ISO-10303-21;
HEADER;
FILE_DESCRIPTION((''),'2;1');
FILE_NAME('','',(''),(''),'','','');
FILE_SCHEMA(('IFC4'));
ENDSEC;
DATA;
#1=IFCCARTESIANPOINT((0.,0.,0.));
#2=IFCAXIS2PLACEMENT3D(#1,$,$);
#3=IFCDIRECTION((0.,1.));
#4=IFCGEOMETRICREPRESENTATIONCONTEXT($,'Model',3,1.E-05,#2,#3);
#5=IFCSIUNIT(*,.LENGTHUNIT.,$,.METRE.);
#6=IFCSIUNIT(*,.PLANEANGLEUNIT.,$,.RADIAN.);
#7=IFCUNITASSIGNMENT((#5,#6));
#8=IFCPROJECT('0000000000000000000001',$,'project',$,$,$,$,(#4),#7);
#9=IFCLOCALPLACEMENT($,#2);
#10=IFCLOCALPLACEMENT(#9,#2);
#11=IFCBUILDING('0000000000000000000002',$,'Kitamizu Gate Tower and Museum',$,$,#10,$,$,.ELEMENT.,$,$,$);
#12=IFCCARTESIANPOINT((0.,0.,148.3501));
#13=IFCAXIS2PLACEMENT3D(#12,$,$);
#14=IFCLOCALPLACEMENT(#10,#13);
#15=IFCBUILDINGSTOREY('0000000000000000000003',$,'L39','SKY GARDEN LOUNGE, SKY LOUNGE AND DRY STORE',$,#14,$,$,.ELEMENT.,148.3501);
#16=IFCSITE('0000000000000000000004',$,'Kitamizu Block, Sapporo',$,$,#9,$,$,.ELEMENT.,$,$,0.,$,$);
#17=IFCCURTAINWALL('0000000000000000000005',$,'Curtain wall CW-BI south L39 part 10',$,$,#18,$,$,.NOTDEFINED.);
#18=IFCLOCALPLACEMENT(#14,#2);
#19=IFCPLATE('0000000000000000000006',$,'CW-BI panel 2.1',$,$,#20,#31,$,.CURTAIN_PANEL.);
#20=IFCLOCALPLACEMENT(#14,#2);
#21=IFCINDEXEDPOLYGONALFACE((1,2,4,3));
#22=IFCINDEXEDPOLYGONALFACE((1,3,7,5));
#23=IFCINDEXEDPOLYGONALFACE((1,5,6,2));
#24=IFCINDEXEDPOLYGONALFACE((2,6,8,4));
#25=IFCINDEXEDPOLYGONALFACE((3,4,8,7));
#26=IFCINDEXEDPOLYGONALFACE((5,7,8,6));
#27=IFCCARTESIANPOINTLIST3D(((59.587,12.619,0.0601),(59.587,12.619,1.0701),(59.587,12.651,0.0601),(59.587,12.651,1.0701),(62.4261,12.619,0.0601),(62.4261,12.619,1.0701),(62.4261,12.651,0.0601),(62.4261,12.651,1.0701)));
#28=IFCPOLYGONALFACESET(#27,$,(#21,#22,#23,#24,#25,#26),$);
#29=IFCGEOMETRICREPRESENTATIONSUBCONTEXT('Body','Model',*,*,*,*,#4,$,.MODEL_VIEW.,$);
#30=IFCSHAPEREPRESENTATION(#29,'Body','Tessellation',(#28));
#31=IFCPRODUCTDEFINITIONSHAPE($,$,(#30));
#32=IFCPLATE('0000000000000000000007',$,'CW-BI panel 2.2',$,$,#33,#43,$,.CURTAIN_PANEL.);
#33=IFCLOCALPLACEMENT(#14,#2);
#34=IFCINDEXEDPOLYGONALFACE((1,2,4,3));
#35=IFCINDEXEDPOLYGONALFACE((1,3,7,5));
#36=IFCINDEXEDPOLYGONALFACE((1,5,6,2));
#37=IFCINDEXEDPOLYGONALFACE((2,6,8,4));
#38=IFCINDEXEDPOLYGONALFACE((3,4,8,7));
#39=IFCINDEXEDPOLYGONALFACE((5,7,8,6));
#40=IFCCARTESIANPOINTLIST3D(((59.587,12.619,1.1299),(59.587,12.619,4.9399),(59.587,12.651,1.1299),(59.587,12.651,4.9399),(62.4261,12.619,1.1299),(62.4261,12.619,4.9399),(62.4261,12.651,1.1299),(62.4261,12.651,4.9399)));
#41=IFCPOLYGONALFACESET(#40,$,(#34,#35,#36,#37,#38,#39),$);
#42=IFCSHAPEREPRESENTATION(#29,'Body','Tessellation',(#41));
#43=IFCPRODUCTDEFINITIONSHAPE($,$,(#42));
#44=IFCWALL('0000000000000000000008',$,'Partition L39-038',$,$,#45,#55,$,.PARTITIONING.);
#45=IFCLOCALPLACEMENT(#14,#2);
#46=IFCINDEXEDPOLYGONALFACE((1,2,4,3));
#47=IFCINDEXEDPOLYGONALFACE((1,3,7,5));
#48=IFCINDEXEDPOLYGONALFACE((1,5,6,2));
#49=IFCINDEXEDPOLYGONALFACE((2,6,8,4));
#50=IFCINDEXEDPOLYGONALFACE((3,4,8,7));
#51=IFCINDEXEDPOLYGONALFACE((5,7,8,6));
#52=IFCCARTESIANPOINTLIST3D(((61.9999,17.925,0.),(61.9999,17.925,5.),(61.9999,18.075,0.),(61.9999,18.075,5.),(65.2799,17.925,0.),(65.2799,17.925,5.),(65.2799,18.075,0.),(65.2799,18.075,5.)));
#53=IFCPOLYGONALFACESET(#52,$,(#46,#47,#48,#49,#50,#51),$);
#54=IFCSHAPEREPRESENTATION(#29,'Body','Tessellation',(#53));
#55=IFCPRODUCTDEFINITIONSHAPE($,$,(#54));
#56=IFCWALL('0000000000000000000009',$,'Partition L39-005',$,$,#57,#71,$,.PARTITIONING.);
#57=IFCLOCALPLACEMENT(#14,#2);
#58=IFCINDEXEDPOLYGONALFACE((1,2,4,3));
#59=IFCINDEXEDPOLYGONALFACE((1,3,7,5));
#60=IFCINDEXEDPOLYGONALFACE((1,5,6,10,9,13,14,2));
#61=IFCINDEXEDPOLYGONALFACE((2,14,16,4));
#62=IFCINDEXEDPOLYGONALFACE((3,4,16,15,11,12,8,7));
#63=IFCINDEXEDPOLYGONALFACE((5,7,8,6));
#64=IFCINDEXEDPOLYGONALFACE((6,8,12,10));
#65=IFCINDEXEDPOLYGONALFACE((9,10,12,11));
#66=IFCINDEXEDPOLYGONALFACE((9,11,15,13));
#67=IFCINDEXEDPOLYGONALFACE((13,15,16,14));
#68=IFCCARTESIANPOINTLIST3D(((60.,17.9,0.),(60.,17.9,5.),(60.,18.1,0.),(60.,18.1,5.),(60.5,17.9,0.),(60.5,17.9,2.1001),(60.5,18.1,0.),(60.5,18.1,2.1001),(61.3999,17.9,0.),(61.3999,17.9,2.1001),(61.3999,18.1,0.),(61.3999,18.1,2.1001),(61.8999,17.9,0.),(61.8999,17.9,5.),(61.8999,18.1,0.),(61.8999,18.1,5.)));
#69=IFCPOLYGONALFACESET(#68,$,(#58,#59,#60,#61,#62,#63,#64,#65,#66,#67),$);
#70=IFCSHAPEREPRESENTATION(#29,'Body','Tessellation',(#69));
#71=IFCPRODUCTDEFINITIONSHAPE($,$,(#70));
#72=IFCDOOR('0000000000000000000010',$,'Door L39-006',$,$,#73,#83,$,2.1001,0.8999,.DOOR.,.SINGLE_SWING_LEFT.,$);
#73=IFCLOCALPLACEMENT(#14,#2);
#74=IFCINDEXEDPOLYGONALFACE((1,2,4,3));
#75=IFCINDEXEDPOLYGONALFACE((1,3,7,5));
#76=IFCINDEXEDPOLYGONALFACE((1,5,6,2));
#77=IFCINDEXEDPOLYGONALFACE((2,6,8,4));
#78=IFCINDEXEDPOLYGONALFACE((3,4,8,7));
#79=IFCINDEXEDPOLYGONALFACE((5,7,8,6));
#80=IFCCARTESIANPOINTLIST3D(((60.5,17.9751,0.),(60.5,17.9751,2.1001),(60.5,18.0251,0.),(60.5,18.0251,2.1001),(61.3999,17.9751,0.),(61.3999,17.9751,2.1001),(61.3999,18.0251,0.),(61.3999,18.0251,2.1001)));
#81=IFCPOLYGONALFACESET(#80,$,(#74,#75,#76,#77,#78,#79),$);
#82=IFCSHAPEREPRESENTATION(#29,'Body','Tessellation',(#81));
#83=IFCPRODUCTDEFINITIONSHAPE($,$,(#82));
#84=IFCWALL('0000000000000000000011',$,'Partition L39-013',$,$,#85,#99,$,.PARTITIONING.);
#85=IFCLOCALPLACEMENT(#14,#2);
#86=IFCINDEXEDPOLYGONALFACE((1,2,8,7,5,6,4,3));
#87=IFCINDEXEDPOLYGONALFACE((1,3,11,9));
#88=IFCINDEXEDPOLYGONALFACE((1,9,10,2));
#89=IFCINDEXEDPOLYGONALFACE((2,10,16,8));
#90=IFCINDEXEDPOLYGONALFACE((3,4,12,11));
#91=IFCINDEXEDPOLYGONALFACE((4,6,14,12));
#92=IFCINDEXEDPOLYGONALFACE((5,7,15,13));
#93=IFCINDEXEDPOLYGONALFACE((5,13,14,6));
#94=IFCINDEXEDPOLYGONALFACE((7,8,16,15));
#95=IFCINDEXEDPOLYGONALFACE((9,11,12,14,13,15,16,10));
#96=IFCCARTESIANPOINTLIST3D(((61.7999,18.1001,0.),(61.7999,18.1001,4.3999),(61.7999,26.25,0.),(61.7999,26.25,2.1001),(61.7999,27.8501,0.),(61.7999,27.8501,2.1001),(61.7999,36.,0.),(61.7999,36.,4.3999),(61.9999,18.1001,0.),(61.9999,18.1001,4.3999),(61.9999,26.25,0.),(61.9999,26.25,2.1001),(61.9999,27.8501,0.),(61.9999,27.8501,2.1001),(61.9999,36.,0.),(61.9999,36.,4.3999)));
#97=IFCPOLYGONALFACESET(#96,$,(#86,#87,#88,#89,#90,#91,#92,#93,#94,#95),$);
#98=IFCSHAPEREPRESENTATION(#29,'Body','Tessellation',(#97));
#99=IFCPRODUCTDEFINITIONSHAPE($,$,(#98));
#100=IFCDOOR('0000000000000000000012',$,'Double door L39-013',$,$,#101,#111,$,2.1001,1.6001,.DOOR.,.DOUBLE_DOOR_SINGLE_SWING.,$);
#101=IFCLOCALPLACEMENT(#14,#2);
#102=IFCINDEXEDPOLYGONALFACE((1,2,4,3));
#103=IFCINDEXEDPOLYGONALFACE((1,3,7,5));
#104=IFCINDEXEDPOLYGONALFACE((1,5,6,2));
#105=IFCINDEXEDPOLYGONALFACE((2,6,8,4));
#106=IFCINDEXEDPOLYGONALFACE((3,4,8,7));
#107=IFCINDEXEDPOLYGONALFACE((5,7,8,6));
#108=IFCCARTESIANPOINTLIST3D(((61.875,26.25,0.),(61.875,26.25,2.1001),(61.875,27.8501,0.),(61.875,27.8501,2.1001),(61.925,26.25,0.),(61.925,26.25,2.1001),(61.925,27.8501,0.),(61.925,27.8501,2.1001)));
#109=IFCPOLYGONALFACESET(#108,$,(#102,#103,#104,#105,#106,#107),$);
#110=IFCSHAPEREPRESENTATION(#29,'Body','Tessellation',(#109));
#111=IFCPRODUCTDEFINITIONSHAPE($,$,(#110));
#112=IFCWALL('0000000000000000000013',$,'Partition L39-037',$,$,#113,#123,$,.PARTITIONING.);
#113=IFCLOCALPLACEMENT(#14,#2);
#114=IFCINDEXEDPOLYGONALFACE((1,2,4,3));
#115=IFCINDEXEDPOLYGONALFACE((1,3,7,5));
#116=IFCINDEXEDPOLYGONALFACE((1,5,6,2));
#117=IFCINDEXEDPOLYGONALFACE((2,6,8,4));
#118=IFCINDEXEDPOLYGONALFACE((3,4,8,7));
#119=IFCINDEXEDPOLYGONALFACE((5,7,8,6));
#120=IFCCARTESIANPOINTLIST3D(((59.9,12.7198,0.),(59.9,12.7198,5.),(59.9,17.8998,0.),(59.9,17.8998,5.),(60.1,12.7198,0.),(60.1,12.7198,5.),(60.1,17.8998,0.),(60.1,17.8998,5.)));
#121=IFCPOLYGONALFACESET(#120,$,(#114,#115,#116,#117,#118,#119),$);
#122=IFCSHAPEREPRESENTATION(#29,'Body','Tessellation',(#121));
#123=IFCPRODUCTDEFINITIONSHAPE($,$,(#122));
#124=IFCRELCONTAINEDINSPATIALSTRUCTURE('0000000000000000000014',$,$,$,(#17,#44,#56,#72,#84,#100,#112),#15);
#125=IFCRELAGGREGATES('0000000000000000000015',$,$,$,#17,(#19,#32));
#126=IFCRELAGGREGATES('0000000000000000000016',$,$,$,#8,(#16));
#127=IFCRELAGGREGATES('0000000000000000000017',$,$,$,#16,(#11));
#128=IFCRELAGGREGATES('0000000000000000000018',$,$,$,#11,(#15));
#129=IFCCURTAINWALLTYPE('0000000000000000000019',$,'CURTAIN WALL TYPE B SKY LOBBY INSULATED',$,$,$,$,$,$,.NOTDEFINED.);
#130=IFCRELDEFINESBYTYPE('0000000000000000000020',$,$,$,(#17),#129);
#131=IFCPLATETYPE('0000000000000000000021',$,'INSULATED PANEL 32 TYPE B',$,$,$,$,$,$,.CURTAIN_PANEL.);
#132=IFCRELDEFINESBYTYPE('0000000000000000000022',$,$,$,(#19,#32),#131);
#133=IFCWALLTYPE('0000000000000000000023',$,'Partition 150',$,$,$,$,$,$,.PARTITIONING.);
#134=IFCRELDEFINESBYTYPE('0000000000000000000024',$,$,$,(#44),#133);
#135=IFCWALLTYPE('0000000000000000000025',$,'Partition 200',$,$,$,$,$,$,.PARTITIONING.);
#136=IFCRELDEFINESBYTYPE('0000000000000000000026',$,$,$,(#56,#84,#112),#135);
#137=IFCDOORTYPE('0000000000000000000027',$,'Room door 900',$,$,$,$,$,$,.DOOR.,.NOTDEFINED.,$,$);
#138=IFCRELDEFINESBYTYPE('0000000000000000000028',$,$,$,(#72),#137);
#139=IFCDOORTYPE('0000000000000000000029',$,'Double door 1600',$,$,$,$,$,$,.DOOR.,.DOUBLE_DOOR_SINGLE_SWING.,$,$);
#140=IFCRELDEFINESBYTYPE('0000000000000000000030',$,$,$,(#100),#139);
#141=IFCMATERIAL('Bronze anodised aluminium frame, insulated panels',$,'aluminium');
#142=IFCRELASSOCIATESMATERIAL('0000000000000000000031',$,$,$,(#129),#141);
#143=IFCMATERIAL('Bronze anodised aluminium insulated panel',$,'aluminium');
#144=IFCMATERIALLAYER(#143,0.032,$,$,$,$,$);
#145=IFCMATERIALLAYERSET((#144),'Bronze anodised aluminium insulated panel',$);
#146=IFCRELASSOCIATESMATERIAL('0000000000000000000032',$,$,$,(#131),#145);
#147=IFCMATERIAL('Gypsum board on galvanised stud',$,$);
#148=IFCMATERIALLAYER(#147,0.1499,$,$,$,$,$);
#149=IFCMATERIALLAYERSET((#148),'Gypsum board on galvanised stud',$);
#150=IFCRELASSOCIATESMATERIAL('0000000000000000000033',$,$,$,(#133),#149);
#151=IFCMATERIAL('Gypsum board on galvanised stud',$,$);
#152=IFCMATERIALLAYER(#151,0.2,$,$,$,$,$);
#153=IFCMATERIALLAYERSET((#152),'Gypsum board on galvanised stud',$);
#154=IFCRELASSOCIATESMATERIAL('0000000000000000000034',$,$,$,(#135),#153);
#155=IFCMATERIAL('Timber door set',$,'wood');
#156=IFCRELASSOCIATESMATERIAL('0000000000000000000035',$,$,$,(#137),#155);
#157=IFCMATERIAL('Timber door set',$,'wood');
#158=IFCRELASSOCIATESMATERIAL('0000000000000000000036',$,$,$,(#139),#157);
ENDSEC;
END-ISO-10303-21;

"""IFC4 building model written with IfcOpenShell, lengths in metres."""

from ifc_helpers import new_model, si_unit, direction, frame, frame_2d, origin, origin_2d, place, context, subcontext, project, spatial, rectangle, extrude, material, layer, layer_set, type_object, element, fill, aggregate, save


model = new_model("IFC4")

# Units and contexts
model_context = context("Model", 3, precision=1e-05, world=origin(), true_north=direction((0.0, 1.0)))
body_context = subcontext(model_context, "Body", "Model", "MODEL_VIEW")
ifc_project = project(units=[si_unit("LENGTHUNIT", "METRE"), si_unit("PLANEANGLEUNIT", "RADIAN")], contexts=[model_context])

# Site, building, storey
site_placement = place(None, origin())
site = spatial("IfcSite", under=ifc_project, at=site_placement, Name="Kitamizu Block, Sapporo", CompositionType="ELEMENT", RefElevation=0.0)
building_placement = place(site_placement, origin())
building = spatial("IfcBuilding", under=site, at=building_placement, Name="Kitamizu Gate Tower and Museum", CompositionType="ELEMENT")
storey_placement = place(building_placement, frame((0.0, 0.0, 148.3501)))
storey = spatial("IfcBuildingStorey", under=building, at=storey_placement, Name="L39", Description="SKY GARDEN LOUNGE, SKY LOUNGE AND DRY STORE", CompositionType="ELEMENT", Elevation=148.3501)

# Curtain wall
ifc_material_1 = material(Name="Bronze anodised aluminium frame, insulated panels", Category="aluminium")
curtain_wall_type_1 = type_object("IfcCurtainWallType", Name="CURTAIN WALL TYPE B SKY LOBBY INSULATED", PredefinedType="NOTDEFINED", material=ifc_material_1)
curtain_wall_1_placement = place(storey_placement, origin())
curtain_wall_1 = element("IfcCurtainWall", 1, at=curtain_wall_1_placement, inside=storey, type_object=curtain_wall_type_1, Name="Curtain wall CW-BI south L39 part 10", PredefinedType="NOTDEFINED")

# Plates
ifc_material_2 = material(Name="Bronze anodised aluminium insulated panel", Category="aluminium")
ifc_layer_1 = layer(ifc_material_2, 0.032)
ifc_layer_set_1 = layer_set([ifc_layer_1], Name="Bronze anodised aluminium insulated panel")
plate_type_1 = type_object("IfcPlateType", Name="INSULATED PANEL 32 TYPE B", PredefinedType="CURTAIN_PANEL", material=ifc_layer_set_1)
plate_1_placement = place(storey_placement, frame((61.0066, 12.635, 0.0601), z_axis=(0.0, 0.0, 1.0), x_axis=(1.0, 0.0, 0.0)))
plate_1 = element("IfcPlate", 2, at=plate_1_placement, type_object=plate_type_1, Name="CW-BI panel 2.1", PredefinedType="CURTAIN_PANEL", context=body_context, shape_type="SweptSolid", body=[
    extrude(rectangle(XDim=2.8391, YDim=0.032, at=origin_2d()), origin(), (0.0, 0.0, 1.0), 1.01),
])
plate_2_placement = place(storey_placement, frame((61.0066, 12.635, 1.1299), z_axis=(0.0, 0.0, 1.0), x_axis=(1.0, 0.0, 0.0)))
plate_2 = element("IfcPlate", 3, at=plate_2_placement, type_object=plate_type_1, Name="CW-BI panel 2.2", PredefinedType="CURTAIN_PANEL", context=body_context, shape_type="SweptSolid", body=[
    extrude(rectangle(XDim=2.8391, YDim=0.032, at=origin_2d()), origin(), (0.0, 0.0, 1.0), 3.8101),
])
aggregate(curtain_wall_1, [plate_1, plate_2])

# Wall
ifc_material_3 = material(Name="Gypsum board on galvanised stud")
ifc_layer_2 = layer(ifc_material_3, 0.1499)
ifc_layer_set_2 = layer_set([ifc_layer_2], Name="Gypsum board on galvanised stud")
wall_type_1 = type_object("IfcWallType", Name="Partition 150", PredefinedType="PARTITIONING", material=ifc_layer_set_2)
wall_1_placement = place(storey_placement, frame((65.28, 18.0, 0.0), z_axis=(0.0, 0.0, 1.0), x_axis=(-1.0, 0.0, 0.0)))
element("IfcWall", 4, at=wall_1_placement, inside=storey, type_object=wall_type_1, Name="Partition L39-038", PredefinedType="PARTITIONING", context=body_context, shape_type="SweptSolid", body=[
    extrude(rectangle(XDim=3.28, YDim=0.1499, at=frame_2d((1.6401, 0.0))), origin(), (0.0, 0.0, 1.0), 5.0),
])

# Walls, openings, doors
ifc_material_4 = material(Name="Gypsum board on galvanised stud")
ifc_layer_3 = layer(ifc_material_4, 0.2)
ifc_layer_set_3 = layer_set([ifc_layer_3], Name="Gypsum board on galvanised stud")
wall_type_2 = type_object("IfcWallType", Name="Partition 200", PredefinedType="PARTITIONING", material=ifc_layer_set_3)
wall_2_placement = place(storey_placement, frame((60.0, 18.0, 0.0), z_axis=(0.0, 0.0, 1.0), x_axis=(1.0, 0.0, 0.0)))
wall_2 = element("IfcWall", 5, at=wall_2_placement, inside=storey, type_object=wall_type_2, Name="Partition L39-005", PredefinedType="PARTITIONING", context=body_context, shape_type="SweptSolid", body=[
    extrude(rectangle(XDim=1.8999, YDim=0.2, at=frame_2d((0.95, 0.0))), origin(), (0.0, 0.0, 1.0), 5.0),
])
opening_1_placement = place(wall_2_placement, frame((0.5, 0.0, 0.0)))
opening_1 = element("IfcOpeningElement", 6, at=opening_1_placement, cuts=wall_2, PredefinedType="OPENING", context=body_context, shape_type="SweptSolid", body=[
    extrude(rectangle(XDim=0.8999, YDim=2.1001, at=frame_2d((0.45, 1.05))), frame((0.0, 0.1099, 0.0), z_axis=(0.0, -1.0, 0.0), x_axis=(1.0, 0.0, 0.0)), (0.0, 0.0, 1.0), 0.22),
])
ifc_material_5 = material(Name="Timber door set", Category="wood")
door_type_1 = type_object("IfcDoorType", Name="Room door 900", OperationType="NOTDEFINED", PredefinedType="DOOR", material=ifc_material_5)
door_1_placement = place(opening_1_placement, frame((0.8999, 0.0, 0.0), x_axis=(-1.0, 0.0, 0.0)))
door_1 = element("IfcDoor", 7, at=door_1_placement, inside=storey, type_object=door_type_1, Name="Door L39-006", OperationType="SINGLE_SWING_LEFT", OverallHeight=2.1001, OverallWidth=0.8999, PredefinedType="DOOR", context=body_context, shape_type="SweptSolid", body=[
    extrude(rectangle(XDim=0.8999, YDim=2.1001, at=frame_2d((0.45, 1.05))), frame((0.0, 0.0249, 0.0), z_axis=(0.0, -1.0, 0.0), x_axis=(1.0, 0.0, 0.0)), (0.0, 0.0, 1.0), 0.05),
])
fill(opening_1, door_1)
wall_3_placement = place(storey_placement, frame((61.8999, 18.1001, 0.0), z_axis=(0.0, 0.0, 1.0), x_axis=(0.0, 1.0, 0.0)))
wall_3 = element("IfcWall", 8, at=wall_3_placement, inside=storey, type_object=wall_type_2, Name="Partition L39-013", PredefinedType="PARTITIONING", context=body_context, shape_type="SweptSolid", body=[
    extrude(rectangle(XDim=17.8999, YDim=0.2, at=frame_2d((8.95, 0.0))), origin(), (0.0, 0.0, 1.0), 4.3999),
])
opening_2_placement = place(wall_3_placement, frame((8.1499, 0.0, 0.0)))
opening_2 = element("IfcOpeningElement", 9, at=opening_2_placement, cuts=wall_3, PredefinedType="OPENING", context=body_context, shape_type="SweptSolid", body=[
    extrude(rectangle(XDim=1.6001, YDim=2.1001, at=frame_2d((0.8, 1.05))), frame((0.0, 0.1099, 0.0), z_axis=(0.0, -1.0, 0.0), x_axis=(1.0, 0.0, 0.0)), (0.0, 0.0, 1.0), 0.22),
])
ifc_material_6 = material(Name="Timber door set", Category="wood")
door_type_2 = type_object("IfcDoorType", Name="Double door 1600", OperationType="DOUBLE_DOOR_SINGLE_SWING", PredefinedType="DOOR", material=ifc_material_6)
door_2_placement = place(opening_2_placement, origin())
door_2 = element("IfcDoor", 10, at=door_2_placement, inside=storey, type_object=door_type_2, Name="Double door L39-013", OperationType="DOUBLE_DOOR_SINGLE_SWING", OverallHeight=2.1001, OverallWidth=1.6001, PredefinedType="DOOR", context=body_context, shape_type="SweptSolid", body=[
    extrude(rectangle(XDim=1.6001, YDim=2.1001, at=frame_2d((0.8, 1.05))), frame((0.0, 0.0249, 0.0), z_axis=(0.0, -1.0, 0.0), x_axis=(1.0, 0.0, 0.0)), (0.0, 0.0, 1.0), 0.05),
])
fill(opening_2, door_2)

# Wall
wall_4_placement = place(storey_placement, frame((60.0, 12.72, 0.0), z_axis=(0.0, 0.0, 1.0), x_axis=(0.0, 1.0, 0.0)))
element("IfcWall", 11, at=wall_4_placement, inside=storey, type_object=wall_type_2, Name="Partition L39-037", PredefinedType="PARTITIONING", context=body_context, shape_type="SweptSolid", body=[
    extrude(rectangle(XDim=5.1799, YDim=0.2, at=frame_2d((2.5898, 0.0))), origin(), (0.0, 0.0, 1.0), 5.0),
])

save(model, "model.ifc")
